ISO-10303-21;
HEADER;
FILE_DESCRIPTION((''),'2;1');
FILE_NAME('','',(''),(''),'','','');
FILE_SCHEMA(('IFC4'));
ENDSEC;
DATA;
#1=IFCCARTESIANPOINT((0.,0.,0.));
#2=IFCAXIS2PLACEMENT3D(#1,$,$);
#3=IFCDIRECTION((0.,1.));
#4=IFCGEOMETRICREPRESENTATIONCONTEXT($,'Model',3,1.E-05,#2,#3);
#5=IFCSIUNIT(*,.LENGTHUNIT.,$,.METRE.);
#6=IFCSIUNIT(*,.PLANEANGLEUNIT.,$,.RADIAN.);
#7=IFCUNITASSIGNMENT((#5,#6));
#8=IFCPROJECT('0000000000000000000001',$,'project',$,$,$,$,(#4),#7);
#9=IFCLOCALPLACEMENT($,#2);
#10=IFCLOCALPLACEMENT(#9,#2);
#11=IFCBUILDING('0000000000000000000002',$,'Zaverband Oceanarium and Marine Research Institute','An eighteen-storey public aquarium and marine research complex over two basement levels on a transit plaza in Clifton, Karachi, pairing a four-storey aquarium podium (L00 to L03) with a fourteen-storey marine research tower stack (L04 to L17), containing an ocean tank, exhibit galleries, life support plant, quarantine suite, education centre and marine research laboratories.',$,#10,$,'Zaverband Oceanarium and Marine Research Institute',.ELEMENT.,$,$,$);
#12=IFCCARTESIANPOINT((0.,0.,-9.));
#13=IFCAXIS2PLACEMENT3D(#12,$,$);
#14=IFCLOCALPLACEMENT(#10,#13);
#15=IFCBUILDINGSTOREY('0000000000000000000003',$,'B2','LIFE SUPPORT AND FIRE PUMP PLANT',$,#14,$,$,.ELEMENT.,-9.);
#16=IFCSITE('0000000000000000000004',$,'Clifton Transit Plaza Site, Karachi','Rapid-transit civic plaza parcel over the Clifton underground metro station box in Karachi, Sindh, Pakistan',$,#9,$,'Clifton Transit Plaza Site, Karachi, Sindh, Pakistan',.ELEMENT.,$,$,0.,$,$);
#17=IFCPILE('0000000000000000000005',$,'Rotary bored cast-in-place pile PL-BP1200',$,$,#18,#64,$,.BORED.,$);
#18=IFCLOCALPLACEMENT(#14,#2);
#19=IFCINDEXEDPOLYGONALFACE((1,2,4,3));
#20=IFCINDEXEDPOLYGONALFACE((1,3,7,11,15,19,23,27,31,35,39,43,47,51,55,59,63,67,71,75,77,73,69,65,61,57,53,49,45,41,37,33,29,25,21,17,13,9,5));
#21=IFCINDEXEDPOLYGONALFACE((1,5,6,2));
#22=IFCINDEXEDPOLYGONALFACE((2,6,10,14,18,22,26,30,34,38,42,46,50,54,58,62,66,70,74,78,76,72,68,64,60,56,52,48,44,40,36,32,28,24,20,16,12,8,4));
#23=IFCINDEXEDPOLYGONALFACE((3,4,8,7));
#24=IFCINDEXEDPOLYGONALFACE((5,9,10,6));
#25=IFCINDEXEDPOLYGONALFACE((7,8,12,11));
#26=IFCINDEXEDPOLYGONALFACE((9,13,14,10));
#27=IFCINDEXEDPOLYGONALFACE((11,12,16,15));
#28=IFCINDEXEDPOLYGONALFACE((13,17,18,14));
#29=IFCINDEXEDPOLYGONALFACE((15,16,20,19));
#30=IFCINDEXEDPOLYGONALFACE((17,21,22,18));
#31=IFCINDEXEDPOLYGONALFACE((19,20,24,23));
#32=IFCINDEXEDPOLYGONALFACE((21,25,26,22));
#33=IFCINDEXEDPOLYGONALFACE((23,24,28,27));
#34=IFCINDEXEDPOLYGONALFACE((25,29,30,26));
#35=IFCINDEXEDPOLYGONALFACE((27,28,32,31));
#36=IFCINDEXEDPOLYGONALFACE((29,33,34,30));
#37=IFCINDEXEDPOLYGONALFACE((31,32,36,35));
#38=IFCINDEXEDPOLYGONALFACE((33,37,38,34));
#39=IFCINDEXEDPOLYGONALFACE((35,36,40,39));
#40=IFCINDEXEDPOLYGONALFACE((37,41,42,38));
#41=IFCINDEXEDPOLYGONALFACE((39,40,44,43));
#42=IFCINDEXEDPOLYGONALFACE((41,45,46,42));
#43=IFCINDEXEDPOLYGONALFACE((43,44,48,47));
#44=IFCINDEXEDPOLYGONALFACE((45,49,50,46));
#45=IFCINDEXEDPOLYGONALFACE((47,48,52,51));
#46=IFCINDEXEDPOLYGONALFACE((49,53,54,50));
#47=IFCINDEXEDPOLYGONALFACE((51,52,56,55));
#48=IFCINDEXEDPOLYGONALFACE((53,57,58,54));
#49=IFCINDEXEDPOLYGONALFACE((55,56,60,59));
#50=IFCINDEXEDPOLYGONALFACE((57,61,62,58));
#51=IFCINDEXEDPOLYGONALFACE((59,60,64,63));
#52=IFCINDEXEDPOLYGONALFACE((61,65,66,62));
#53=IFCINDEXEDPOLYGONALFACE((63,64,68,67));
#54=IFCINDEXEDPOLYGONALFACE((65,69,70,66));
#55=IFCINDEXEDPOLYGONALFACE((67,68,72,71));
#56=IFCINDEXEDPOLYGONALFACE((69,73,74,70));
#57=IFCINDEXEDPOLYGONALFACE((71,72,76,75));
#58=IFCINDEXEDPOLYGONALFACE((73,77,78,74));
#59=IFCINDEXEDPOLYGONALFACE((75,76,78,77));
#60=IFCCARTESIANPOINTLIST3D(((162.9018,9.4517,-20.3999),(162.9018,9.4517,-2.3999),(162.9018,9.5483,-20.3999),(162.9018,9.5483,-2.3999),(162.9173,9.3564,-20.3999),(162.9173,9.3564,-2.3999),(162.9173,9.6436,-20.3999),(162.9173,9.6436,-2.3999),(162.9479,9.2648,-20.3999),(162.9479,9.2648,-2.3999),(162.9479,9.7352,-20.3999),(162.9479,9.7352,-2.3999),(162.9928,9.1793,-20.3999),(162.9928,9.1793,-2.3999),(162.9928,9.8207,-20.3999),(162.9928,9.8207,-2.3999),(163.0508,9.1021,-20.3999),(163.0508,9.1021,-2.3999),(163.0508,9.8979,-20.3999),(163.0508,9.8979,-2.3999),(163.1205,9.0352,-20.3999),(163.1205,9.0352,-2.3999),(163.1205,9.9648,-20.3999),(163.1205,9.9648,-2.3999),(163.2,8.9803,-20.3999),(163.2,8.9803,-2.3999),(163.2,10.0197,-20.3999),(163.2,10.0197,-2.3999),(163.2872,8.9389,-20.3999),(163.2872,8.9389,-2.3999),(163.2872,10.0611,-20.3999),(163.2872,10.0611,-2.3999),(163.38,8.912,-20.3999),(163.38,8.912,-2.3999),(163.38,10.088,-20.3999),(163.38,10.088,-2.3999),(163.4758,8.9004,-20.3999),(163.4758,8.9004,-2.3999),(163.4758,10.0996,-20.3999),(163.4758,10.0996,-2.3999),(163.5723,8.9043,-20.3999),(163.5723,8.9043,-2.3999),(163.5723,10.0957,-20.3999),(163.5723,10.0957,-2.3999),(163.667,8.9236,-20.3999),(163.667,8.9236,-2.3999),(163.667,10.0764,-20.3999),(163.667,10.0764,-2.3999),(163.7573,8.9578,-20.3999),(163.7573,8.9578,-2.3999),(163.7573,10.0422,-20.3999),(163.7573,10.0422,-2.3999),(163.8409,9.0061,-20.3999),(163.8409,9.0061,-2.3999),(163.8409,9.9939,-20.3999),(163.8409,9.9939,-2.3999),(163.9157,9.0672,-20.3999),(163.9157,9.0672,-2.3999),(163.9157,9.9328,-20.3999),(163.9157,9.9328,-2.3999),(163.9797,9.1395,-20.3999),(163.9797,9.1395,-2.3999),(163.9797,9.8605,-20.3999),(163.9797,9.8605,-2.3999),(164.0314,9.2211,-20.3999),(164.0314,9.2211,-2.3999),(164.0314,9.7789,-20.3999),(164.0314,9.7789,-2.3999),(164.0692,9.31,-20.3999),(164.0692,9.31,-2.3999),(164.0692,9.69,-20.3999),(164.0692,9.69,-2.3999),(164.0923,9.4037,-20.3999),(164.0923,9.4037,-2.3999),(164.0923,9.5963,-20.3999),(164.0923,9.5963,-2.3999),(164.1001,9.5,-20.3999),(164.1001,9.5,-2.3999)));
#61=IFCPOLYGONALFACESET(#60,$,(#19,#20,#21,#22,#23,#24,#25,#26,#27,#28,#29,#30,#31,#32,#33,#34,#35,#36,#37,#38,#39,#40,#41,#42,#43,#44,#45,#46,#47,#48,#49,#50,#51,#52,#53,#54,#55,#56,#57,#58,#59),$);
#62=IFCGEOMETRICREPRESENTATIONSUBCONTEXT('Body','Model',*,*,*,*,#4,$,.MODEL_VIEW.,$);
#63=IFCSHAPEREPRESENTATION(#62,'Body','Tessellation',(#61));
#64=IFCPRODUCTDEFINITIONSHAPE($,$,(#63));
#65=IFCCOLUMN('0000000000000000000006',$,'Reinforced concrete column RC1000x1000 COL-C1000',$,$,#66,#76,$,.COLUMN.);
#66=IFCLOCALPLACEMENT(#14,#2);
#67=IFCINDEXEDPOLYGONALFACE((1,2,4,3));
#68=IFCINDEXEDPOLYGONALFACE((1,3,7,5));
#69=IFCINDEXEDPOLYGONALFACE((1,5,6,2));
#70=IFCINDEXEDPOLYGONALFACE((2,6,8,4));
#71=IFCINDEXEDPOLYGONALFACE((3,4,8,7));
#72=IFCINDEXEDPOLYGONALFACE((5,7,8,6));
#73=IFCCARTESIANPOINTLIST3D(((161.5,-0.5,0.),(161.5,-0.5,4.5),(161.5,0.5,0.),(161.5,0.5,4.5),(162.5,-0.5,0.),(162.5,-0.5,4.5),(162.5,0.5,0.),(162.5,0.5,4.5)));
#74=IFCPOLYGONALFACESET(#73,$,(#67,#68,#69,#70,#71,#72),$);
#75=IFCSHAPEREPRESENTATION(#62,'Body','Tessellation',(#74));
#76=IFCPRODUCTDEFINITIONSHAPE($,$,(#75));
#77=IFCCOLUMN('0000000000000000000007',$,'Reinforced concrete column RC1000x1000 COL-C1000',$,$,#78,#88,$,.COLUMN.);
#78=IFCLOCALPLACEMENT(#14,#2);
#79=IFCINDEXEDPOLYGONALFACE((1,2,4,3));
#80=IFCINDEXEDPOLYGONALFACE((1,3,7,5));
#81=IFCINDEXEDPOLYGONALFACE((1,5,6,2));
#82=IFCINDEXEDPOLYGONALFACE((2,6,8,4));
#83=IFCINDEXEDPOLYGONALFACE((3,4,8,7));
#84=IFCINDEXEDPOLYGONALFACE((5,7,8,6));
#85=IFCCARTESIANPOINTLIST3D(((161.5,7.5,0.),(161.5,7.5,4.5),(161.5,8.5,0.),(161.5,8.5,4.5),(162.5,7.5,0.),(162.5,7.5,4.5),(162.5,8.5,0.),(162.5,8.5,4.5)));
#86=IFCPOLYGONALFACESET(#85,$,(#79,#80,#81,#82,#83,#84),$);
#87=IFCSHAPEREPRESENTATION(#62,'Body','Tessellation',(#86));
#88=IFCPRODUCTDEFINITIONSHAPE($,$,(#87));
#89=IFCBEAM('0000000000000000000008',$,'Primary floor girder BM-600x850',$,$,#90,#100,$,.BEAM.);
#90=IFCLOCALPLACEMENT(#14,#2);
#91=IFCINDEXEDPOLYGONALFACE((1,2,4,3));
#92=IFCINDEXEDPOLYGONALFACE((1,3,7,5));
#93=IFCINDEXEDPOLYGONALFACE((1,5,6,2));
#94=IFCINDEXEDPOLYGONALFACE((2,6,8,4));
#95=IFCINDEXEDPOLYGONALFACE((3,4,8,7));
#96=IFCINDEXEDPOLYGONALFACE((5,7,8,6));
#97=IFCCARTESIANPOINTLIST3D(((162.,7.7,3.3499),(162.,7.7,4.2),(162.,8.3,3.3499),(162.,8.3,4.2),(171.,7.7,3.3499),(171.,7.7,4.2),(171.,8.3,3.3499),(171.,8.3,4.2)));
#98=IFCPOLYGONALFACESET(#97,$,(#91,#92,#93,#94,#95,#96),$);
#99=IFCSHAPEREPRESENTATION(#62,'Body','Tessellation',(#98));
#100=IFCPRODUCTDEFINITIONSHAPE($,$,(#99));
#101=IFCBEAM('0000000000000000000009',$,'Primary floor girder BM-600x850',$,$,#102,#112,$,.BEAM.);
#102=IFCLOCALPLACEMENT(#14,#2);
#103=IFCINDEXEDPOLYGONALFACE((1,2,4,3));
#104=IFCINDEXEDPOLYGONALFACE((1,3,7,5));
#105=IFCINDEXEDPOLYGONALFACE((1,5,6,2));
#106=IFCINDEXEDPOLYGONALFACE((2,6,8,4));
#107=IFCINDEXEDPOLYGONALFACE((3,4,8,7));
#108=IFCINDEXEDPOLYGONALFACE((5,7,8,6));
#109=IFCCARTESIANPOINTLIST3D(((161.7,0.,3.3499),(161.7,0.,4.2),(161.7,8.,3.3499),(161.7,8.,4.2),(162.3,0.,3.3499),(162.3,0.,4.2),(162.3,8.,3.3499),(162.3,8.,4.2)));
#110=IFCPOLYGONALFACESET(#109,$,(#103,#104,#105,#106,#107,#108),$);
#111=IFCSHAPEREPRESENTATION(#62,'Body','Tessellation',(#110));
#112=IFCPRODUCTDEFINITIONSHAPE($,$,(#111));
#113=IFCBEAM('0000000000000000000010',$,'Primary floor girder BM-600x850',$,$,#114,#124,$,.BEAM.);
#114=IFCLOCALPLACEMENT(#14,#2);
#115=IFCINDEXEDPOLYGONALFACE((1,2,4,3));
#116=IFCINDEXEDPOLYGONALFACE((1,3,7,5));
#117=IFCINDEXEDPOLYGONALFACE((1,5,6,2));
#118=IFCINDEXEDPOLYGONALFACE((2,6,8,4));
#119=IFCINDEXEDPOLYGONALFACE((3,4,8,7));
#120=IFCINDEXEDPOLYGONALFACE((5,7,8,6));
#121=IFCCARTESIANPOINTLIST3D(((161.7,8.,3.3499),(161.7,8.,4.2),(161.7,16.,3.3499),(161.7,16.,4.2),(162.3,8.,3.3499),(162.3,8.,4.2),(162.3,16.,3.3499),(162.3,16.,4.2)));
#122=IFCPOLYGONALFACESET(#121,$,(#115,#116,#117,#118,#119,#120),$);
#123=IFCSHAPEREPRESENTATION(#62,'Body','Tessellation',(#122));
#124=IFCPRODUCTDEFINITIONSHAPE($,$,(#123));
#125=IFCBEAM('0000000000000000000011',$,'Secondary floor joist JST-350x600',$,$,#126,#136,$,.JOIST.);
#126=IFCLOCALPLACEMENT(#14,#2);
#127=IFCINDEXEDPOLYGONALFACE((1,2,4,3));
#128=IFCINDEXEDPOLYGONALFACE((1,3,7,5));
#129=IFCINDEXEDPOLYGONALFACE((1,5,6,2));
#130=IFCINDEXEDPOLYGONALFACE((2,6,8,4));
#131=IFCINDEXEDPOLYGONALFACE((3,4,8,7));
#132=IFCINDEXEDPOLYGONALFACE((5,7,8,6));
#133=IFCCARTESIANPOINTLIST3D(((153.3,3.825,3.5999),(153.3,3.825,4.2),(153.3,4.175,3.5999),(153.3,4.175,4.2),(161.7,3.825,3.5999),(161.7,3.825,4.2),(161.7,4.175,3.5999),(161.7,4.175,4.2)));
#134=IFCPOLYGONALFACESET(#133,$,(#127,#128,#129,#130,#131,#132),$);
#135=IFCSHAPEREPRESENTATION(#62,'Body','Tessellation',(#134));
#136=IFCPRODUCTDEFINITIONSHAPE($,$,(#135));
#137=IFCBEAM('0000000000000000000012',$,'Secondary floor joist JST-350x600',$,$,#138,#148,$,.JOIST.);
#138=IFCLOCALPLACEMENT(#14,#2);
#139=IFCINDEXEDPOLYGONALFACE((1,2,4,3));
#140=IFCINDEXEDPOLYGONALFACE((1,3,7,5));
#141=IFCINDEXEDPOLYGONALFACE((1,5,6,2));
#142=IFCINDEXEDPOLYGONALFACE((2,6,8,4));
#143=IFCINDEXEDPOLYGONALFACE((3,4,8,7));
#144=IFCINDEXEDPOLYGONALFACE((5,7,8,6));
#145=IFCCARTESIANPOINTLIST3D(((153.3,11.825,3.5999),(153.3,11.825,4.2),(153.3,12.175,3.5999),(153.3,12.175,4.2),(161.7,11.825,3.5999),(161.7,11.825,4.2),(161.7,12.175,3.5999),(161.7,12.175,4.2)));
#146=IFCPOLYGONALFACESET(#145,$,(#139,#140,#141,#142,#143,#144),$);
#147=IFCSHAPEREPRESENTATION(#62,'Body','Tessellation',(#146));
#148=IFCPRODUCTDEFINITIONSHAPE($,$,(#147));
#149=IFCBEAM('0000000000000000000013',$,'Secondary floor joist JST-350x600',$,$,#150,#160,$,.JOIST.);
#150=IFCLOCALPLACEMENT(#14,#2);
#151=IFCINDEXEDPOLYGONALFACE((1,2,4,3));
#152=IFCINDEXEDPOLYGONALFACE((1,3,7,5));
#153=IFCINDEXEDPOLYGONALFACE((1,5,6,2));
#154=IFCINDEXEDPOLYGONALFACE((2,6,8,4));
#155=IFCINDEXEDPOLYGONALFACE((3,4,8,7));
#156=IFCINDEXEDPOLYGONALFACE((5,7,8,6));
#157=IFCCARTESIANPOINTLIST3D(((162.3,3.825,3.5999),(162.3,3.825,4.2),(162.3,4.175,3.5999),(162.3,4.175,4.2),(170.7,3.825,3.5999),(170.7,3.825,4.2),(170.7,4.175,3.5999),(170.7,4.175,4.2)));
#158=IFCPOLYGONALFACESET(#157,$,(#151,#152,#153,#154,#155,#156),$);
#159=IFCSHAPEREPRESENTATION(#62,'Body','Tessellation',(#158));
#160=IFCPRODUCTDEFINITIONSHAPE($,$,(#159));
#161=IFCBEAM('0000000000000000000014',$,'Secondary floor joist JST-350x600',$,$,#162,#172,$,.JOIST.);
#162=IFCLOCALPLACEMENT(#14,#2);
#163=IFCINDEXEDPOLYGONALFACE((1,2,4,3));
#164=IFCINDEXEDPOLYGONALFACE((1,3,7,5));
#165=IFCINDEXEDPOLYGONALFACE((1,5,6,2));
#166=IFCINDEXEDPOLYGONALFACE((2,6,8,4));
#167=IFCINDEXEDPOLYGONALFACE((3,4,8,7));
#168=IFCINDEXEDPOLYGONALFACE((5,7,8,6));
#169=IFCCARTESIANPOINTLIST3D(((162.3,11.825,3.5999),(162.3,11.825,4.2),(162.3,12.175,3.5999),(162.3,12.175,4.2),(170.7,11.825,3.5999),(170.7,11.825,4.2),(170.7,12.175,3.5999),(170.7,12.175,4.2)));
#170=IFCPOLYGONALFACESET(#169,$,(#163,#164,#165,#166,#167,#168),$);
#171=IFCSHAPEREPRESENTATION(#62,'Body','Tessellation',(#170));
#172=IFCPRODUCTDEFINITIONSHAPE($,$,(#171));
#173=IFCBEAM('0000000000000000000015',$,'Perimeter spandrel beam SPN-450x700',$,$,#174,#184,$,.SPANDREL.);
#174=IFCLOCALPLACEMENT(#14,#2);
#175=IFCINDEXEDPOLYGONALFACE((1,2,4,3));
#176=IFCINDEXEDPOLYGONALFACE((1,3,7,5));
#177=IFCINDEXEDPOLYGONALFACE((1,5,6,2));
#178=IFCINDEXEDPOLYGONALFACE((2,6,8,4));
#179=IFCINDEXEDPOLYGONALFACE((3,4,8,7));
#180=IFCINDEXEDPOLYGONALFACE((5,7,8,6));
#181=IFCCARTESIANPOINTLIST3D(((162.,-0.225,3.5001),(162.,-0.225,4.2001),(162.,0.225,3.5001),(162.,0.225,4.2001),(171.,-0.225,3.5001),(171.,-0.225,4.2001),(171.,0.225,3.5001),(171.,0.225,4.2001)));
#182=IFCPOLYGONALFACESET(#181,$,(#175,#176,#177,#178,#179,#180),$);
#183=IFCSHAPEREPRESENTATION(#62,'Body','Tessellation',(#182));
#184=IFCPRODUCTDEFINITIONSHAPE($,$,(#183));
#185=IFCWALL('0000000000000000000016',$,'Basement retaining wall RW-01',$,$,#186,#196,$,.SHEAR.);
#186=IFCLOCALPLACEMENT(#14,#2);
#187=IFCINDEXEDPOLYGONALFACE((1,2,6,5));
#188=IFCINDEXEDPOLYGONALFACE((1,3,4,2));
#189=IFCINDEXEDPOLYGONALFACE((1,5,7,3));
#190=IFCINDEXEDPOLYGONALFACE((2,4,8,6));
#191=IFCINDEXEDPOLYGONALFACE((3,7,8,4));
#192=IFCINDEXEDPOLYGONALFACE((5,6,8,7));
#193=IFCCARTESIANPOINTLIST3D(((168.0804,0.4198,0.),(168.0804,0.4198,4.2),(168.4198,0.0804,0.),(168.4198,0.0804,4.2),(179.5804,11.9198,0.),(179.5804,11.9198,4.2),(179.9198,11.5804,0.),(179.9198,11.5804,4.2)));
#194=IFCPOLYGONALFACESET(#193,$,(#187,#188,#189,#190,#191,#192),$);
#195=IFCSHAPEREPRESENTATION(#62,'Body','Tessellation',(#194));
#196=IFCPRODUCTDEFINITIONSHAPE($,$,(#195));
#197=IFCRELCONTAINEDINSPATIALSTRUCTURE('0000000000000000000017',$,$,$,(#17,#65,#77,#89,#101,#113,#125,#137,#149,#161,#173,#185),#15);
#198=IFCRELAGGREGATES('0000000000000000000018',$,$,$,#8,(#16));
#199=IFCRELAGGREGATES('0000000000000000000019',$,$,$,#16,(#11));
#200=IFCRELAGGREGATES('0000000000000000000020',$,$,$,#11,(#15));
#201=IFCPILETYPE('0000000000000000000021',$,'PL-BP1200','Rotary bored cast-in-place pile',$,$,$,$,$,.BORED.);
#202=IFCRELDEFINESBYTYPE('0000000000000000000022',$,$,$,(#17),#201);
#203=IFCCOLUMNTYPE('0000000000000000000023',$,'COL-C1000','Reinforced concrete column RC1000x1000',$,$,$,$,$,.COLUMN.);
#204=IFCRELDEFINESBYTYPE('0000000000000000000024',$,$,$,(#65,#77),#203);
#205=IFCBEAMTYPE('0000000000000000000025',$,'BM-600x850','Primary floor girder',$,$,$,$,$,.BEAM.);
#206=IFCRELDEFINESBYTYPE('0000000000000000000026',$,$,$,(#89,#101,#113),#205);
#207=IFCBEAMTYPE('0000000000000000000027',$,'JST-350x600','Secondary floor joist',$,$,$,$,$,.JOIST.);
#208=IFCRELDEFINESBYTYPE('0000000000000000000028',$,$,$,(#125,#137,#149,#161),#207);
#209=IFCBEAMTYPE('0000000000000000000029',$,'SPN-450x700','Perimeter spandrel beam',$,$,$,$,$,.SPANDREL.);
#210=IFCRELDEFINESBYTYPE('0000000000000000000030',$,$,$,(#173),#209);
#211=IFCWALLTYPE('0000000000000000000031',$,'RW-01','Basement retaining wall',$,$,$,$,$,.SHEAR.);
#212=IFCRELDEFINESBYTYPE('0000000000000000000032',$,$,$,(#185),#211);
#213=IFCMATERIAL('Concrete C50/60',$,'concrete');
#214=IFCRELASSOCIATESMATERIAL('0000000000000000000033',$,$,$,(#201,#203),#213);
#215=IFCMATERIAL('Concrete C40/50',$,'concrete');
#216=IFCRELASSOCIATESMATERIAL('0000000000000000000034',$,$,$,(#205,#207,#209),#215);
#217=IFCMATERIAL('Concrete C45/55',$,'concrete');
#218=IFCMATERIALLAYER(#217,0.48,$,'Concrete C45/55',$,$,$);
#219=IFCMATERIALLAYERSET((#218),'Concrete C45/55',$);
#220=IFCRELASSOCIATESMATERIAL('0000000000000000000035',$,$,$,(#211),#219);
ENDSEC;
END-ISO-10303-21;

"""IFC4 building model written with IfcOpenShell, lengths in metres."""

from ifc_helpers import new_model, si_unit, direction, frame, frame_2d, origin, origin_2d, place, context, subcontext, project, spatial, rectangle, circle, extrude, material, layer, layer_set, material_profile, profile_set, type_object, element, save


model = new_model("IFC4")

# Units and contexts
model_context = context("Model", 3, precision=1e-05, world=origin(), true_north=direction((0.0, 1.0)))
body_context = subcontext(model_context, "Body", "Model", "MODEL_VIEW")
ifc_project = project(units=[si_unit("LENGTHUNIT", "METRE"), si_unit("PLANEANGLEUNIT", "RADIAN")], contexts=[model_context])

# Site, building, storey
site_placement = place(None, origin())
site = spatial("IfcSite", under=ifc_project, at=site_placement, Name="Clifton Transit Plaza Site, Karachi", Description="Rapid-transit civic plaza parcel over the Clifton underground metro station box in Karachi, Sindh, Pakistan", LongName="Clifton Transit Plaza Site, Karachi, Sindh, Pakistan", CompositionType="ELEMENT", RefElevation=0.0)
building_placement = place(site_placement, origin())
building = spatial("IfcBuilding", under=site, at=building_placement, Name="Zaverband Oceanarium and Marine Research Institute", Description="An eighteen-storey public aquarium and marine research complex over two basement levels on a transit plaza in Clifton, Karachi, pairing a four-storey aquarium podium (L00 to L03) with a fourteen-storey marine research tower stack (L04 to L17), containing an ocean tank, exhibit galleries, life support plant, quarantine suite, education centre and marine research laboratories.", LongName="Zaverband Oceanarium and Marine Research Institute", CompositionType="ELEMENT")
storey_placement = place(building_placement, frame((0.0, 0.0, -9.0)))
storey = spatial("IfcBuildingStorey", under=building, at=storey_placement, Name="B2", Description="LIFE SUPPORT AND FIRE PUMP PLANT", CompositionType="ELEMENT", Elevation=-9.0)

# Shared definitions
ifc_material_1 = material(Name="Concrete C50/60", Category="concrete")

# Pile
ifc_material_profile_1 = material_profile(ifc_material_1, circle(Radius=0.6001, at=origin_2d()), Name="BP1200")
ifc_profile_set_1 = profile_set([ifc_material_profile_1], Name="Concrete C50/60")
pile_type_1 = type_object("IfcPileType", Name="PL-BP1200", Description="Rotary bored cast-in-place pile", PredefinedType="BORED", material=ifc_profile_set_1)
for number, where, z_axis, x_axis, name in (
    (1, (163.5, 9.5, -2.3999), (0.0, 0.0, -1.0), (1.0, 0.0, 0.0), "Rotary bored cast-in-place pile PL-BP1200"),
):
    element("IfcPile", number, at=place(storey_placement, frame(where, z_axis=z_axis, x_axis=x_axis)), inside=storey, type_object=pile_type_1, Name=name, PredefinedType="BORED", context=body_context, shape_type="SweptSolid", body=[
        extrude(circle(Radius=0.6001, at=origin_2d()), origin(), (0.0, 0.0, 1.0), 18.0),
    ])

# Columns
ifc_material_profile_2 = material_profile(ifc_material_1, rectangle(XDim=1.0, YDim=1.0, at=origin_2d()), Name="RC1000x1000")
ifc_profile_set_2 = profile_set([ifc_material_profile_2], Name="Concrete C50/60")
column_type = type_object("IfcColumnType", Name="COL-C1000", Description="Reinforced concrete column RC1000x1000", PredefinedType="COLUMN", material=ifc_profile_set_2)
for number, where, z_axis, x_axis, name in (
    (2, (162.0, 0.0, 0.0), (0.0, 0.0, 1.0), (1.0, 0.0, 0.0), "Reinforced concrete column RC1000x1000 COL-C1000"),
    (3, (162.0, 8.0, 0.0), (0.0, 0.0, 1.0), (1.0, 0.0, 0.0), "Reinforced concrete column RC1000x1000 COL-C1000"),
):
    element("IfcColumn", number, at=place(storey_placement, frame(where, z_axis=z_axis, x_axis=x_axis)), inside=storey, type_object=column_type, Name=name, PredefinedType="COLUMN", context=body_context, shape_type="SweptSolid", body=[
        extrude(rectangle(XDim=1.0, YDim=1.0, at=origin_2d()), origin(), (0.0, 0.0, 1.0), 4.5),
    ])

# Beams
ifc_material_2 = material(Name="Concrete C40/50", Category="concrete")
ifc_material_profile_3 = material_profile(ifc_material_2, rectangle(XDim=0.6001, YDim=0.8501, at=origin_2d()), Name="RC600x850")
ifc_profile_set_3 = profile_set([ifc_material_profile_3], Name="Concrete C40/50")
beam_type_1 = type_object("IfcBeamType", Name="BM-600x850", Description="Primary floor girder", PredefinedType="BEAM", material=ifc_profile_set_3)
beam_1_placement = place(storey_placement, frame((162.0, 8.0, 3.7749), z_axis=(1.0, 0.0, 0.0), x_axis=(0.0, 1.0, 0.0)))
element("IfcBeam", 4, at=beam_1_placement, inside=storey, type_object=beam_type_1, Name="Primary floor girder BM-600x850", PredefinedType="BEAM", context=body_context, shape_type="SweptSolid", body=[
    extrude(rectangle(XDim=0.6001, YDim=0.8501, at=origin_2d()), origin(), (0.0, 0.0, 1.0), 9.0),
])
for number, where, z_axis, x_axis, name in (
    (5, (162.0, 0.0, 3.7749), (0.0, 1.0, 0.0), (-1.0, 0.0, 0.0), "Primary floor girder BM-600x850"),
    (6, (162.0, 8.0, 3.7749), (0.0, 1.0, 0.0), (-1.0, 0.0, 0.0), "Primary floor girder BM-600x850"),
):
    element("IfcBeam", number, at=place(storey_placement, frame(where, z_axis=z_axis, x_axis=x_axis)), inside=storey, type_object=beam_type_1, Name=name, PredefinedType="BEAM", context=body_context, shape_type="SweptSolid", body=[
        extrude(rectangle(XDim=0.6001, YDim=0.8501, at=origin_2d()), origin(), (0.0, 0.0, 1.0), 8.0),
    ])
ifc_material_profile_4 = material_profile(ifc_material_2, rectangle(XDim=0.3501, YDim=0.6001, at=origin_2d()), Name="RC350x600")
ifc_profile_set_4 = profile_set([ifc_material_profile_4], Name="Concrete C40/50")
beam_type_2 = type_object("IfcBeamType", Name="JST-350x600", Description="Secondary floor joist", PredefinedType="JOIST", material=ifc_profile_set_4)
for number, where, z_axis, x_axis, name in (
    (7, (153.3, 4.0, 3.8999), (1.0, 0.0, 0.0), (0.0, 1.0, 0.0), "Secondary floor joist JST-350x600"),
    (8, (153.3, 12.0, 3.8999), (1.0, 0.0, 0.0), (0.0, 1.0, 0.0), "Secondary floor joist JST-350x600"),
    (9, (162.3, 4.0, 3.8999), (1.0, 0.0, 0.0), (0.0, 1.0, 0.0), "Secondary floor joist JST-350x600"),
    (10, (162.3, 12.0, 3.8999), (1.0, 0.0, 0.0), (0.0, 1.0, 0.0), "Secondary floor joist JST-350x600"),
):
    element("IfcBeam", number, at=place(storey_placement, frame(where, z_axis=z_axis, x_axis=x_axis)), inside=storey, type_object=beam_type_2, Name=name, PredefinedType="JOIST", context=body_context, shape_type="SweptSolid", body=[
        extrude(rectangle(XDim=0.3501, YDim=0.6001, at=origin_2d()), origin(), (0.0, 0.0, 1.0), 8.3999),
    ])
ifc_material_profile_5 = material_profile(ifc_material_2, rectangle(XDim=0.45, YDim=0.7, at=origin_2d()), Name="RC450x700")
ifc_profile_set_5 = profile_set([ifc_material_profile_5], Name="Concrete C40/50")
beam_type_3 = type_object("IfcBeamType", Name="SPN-450x700", Description="Perimeter spandrel beam", PredefinedType="SPANDREL", material=ifc_profile_set_5)
beam_2_placement = place(storey_placement, frame((162.0, 0.0, 3.8501), z_axis=(1.0, 0.0, 0.0), x_axis=(0.0, 1.0, 0.0)))
element("IfcBeam", 11, at=beam_2_placement, inside=storey, type_object=beam_type_3, Name="Perimeter spandrel beam SPN-450x700", PredefinedType="SPANDREL", context=body_context, shape_type="SweptSolid", body=[
    extrude(rectangle(XDim=0.45, YDim=0.7, at=origin_2d()), origin(), (0.0, 0.0, 1.0), 9.0),
])

# Wall
ifc_material_3 = material(Name="Concrete C45/55", Category="concrete")
ifc_layer_1 = layer(ifc_material_3, 0.48, Name="Concrete C45/55")
ifc_layer_set_1 = layer_set([ifc_layer_1], Name="Concrete C45/55")
wall_type = type_object("IfcWallType", Name="RW-01", Description="Basement retaining wall", PredefinedType="SHEAR", material=ifc_layer_set_1)
wall_placement = place(storey_placement, frame((168.25, 0.25, 0.0), z_axis=(0.0, 0.0, 1.0), x_axis=(0.707107, 0.707107, 0.0)))
element("IfcWall", 12, at=wall_placement, inside=storey, type_object=wall_type, Name="Basement retaining wall RW-01", PredefinedType="SHEAR", context=body_context, shape_type="SweptSolid", body=[
    extrude(rectangle(XDim=16.2634, YDim=0.48, at=frame_2d((8.1318, 0.0))), origin(), (0.0, 0.0, 1.0), 4.2),
])

save(model, "model.ifc")
